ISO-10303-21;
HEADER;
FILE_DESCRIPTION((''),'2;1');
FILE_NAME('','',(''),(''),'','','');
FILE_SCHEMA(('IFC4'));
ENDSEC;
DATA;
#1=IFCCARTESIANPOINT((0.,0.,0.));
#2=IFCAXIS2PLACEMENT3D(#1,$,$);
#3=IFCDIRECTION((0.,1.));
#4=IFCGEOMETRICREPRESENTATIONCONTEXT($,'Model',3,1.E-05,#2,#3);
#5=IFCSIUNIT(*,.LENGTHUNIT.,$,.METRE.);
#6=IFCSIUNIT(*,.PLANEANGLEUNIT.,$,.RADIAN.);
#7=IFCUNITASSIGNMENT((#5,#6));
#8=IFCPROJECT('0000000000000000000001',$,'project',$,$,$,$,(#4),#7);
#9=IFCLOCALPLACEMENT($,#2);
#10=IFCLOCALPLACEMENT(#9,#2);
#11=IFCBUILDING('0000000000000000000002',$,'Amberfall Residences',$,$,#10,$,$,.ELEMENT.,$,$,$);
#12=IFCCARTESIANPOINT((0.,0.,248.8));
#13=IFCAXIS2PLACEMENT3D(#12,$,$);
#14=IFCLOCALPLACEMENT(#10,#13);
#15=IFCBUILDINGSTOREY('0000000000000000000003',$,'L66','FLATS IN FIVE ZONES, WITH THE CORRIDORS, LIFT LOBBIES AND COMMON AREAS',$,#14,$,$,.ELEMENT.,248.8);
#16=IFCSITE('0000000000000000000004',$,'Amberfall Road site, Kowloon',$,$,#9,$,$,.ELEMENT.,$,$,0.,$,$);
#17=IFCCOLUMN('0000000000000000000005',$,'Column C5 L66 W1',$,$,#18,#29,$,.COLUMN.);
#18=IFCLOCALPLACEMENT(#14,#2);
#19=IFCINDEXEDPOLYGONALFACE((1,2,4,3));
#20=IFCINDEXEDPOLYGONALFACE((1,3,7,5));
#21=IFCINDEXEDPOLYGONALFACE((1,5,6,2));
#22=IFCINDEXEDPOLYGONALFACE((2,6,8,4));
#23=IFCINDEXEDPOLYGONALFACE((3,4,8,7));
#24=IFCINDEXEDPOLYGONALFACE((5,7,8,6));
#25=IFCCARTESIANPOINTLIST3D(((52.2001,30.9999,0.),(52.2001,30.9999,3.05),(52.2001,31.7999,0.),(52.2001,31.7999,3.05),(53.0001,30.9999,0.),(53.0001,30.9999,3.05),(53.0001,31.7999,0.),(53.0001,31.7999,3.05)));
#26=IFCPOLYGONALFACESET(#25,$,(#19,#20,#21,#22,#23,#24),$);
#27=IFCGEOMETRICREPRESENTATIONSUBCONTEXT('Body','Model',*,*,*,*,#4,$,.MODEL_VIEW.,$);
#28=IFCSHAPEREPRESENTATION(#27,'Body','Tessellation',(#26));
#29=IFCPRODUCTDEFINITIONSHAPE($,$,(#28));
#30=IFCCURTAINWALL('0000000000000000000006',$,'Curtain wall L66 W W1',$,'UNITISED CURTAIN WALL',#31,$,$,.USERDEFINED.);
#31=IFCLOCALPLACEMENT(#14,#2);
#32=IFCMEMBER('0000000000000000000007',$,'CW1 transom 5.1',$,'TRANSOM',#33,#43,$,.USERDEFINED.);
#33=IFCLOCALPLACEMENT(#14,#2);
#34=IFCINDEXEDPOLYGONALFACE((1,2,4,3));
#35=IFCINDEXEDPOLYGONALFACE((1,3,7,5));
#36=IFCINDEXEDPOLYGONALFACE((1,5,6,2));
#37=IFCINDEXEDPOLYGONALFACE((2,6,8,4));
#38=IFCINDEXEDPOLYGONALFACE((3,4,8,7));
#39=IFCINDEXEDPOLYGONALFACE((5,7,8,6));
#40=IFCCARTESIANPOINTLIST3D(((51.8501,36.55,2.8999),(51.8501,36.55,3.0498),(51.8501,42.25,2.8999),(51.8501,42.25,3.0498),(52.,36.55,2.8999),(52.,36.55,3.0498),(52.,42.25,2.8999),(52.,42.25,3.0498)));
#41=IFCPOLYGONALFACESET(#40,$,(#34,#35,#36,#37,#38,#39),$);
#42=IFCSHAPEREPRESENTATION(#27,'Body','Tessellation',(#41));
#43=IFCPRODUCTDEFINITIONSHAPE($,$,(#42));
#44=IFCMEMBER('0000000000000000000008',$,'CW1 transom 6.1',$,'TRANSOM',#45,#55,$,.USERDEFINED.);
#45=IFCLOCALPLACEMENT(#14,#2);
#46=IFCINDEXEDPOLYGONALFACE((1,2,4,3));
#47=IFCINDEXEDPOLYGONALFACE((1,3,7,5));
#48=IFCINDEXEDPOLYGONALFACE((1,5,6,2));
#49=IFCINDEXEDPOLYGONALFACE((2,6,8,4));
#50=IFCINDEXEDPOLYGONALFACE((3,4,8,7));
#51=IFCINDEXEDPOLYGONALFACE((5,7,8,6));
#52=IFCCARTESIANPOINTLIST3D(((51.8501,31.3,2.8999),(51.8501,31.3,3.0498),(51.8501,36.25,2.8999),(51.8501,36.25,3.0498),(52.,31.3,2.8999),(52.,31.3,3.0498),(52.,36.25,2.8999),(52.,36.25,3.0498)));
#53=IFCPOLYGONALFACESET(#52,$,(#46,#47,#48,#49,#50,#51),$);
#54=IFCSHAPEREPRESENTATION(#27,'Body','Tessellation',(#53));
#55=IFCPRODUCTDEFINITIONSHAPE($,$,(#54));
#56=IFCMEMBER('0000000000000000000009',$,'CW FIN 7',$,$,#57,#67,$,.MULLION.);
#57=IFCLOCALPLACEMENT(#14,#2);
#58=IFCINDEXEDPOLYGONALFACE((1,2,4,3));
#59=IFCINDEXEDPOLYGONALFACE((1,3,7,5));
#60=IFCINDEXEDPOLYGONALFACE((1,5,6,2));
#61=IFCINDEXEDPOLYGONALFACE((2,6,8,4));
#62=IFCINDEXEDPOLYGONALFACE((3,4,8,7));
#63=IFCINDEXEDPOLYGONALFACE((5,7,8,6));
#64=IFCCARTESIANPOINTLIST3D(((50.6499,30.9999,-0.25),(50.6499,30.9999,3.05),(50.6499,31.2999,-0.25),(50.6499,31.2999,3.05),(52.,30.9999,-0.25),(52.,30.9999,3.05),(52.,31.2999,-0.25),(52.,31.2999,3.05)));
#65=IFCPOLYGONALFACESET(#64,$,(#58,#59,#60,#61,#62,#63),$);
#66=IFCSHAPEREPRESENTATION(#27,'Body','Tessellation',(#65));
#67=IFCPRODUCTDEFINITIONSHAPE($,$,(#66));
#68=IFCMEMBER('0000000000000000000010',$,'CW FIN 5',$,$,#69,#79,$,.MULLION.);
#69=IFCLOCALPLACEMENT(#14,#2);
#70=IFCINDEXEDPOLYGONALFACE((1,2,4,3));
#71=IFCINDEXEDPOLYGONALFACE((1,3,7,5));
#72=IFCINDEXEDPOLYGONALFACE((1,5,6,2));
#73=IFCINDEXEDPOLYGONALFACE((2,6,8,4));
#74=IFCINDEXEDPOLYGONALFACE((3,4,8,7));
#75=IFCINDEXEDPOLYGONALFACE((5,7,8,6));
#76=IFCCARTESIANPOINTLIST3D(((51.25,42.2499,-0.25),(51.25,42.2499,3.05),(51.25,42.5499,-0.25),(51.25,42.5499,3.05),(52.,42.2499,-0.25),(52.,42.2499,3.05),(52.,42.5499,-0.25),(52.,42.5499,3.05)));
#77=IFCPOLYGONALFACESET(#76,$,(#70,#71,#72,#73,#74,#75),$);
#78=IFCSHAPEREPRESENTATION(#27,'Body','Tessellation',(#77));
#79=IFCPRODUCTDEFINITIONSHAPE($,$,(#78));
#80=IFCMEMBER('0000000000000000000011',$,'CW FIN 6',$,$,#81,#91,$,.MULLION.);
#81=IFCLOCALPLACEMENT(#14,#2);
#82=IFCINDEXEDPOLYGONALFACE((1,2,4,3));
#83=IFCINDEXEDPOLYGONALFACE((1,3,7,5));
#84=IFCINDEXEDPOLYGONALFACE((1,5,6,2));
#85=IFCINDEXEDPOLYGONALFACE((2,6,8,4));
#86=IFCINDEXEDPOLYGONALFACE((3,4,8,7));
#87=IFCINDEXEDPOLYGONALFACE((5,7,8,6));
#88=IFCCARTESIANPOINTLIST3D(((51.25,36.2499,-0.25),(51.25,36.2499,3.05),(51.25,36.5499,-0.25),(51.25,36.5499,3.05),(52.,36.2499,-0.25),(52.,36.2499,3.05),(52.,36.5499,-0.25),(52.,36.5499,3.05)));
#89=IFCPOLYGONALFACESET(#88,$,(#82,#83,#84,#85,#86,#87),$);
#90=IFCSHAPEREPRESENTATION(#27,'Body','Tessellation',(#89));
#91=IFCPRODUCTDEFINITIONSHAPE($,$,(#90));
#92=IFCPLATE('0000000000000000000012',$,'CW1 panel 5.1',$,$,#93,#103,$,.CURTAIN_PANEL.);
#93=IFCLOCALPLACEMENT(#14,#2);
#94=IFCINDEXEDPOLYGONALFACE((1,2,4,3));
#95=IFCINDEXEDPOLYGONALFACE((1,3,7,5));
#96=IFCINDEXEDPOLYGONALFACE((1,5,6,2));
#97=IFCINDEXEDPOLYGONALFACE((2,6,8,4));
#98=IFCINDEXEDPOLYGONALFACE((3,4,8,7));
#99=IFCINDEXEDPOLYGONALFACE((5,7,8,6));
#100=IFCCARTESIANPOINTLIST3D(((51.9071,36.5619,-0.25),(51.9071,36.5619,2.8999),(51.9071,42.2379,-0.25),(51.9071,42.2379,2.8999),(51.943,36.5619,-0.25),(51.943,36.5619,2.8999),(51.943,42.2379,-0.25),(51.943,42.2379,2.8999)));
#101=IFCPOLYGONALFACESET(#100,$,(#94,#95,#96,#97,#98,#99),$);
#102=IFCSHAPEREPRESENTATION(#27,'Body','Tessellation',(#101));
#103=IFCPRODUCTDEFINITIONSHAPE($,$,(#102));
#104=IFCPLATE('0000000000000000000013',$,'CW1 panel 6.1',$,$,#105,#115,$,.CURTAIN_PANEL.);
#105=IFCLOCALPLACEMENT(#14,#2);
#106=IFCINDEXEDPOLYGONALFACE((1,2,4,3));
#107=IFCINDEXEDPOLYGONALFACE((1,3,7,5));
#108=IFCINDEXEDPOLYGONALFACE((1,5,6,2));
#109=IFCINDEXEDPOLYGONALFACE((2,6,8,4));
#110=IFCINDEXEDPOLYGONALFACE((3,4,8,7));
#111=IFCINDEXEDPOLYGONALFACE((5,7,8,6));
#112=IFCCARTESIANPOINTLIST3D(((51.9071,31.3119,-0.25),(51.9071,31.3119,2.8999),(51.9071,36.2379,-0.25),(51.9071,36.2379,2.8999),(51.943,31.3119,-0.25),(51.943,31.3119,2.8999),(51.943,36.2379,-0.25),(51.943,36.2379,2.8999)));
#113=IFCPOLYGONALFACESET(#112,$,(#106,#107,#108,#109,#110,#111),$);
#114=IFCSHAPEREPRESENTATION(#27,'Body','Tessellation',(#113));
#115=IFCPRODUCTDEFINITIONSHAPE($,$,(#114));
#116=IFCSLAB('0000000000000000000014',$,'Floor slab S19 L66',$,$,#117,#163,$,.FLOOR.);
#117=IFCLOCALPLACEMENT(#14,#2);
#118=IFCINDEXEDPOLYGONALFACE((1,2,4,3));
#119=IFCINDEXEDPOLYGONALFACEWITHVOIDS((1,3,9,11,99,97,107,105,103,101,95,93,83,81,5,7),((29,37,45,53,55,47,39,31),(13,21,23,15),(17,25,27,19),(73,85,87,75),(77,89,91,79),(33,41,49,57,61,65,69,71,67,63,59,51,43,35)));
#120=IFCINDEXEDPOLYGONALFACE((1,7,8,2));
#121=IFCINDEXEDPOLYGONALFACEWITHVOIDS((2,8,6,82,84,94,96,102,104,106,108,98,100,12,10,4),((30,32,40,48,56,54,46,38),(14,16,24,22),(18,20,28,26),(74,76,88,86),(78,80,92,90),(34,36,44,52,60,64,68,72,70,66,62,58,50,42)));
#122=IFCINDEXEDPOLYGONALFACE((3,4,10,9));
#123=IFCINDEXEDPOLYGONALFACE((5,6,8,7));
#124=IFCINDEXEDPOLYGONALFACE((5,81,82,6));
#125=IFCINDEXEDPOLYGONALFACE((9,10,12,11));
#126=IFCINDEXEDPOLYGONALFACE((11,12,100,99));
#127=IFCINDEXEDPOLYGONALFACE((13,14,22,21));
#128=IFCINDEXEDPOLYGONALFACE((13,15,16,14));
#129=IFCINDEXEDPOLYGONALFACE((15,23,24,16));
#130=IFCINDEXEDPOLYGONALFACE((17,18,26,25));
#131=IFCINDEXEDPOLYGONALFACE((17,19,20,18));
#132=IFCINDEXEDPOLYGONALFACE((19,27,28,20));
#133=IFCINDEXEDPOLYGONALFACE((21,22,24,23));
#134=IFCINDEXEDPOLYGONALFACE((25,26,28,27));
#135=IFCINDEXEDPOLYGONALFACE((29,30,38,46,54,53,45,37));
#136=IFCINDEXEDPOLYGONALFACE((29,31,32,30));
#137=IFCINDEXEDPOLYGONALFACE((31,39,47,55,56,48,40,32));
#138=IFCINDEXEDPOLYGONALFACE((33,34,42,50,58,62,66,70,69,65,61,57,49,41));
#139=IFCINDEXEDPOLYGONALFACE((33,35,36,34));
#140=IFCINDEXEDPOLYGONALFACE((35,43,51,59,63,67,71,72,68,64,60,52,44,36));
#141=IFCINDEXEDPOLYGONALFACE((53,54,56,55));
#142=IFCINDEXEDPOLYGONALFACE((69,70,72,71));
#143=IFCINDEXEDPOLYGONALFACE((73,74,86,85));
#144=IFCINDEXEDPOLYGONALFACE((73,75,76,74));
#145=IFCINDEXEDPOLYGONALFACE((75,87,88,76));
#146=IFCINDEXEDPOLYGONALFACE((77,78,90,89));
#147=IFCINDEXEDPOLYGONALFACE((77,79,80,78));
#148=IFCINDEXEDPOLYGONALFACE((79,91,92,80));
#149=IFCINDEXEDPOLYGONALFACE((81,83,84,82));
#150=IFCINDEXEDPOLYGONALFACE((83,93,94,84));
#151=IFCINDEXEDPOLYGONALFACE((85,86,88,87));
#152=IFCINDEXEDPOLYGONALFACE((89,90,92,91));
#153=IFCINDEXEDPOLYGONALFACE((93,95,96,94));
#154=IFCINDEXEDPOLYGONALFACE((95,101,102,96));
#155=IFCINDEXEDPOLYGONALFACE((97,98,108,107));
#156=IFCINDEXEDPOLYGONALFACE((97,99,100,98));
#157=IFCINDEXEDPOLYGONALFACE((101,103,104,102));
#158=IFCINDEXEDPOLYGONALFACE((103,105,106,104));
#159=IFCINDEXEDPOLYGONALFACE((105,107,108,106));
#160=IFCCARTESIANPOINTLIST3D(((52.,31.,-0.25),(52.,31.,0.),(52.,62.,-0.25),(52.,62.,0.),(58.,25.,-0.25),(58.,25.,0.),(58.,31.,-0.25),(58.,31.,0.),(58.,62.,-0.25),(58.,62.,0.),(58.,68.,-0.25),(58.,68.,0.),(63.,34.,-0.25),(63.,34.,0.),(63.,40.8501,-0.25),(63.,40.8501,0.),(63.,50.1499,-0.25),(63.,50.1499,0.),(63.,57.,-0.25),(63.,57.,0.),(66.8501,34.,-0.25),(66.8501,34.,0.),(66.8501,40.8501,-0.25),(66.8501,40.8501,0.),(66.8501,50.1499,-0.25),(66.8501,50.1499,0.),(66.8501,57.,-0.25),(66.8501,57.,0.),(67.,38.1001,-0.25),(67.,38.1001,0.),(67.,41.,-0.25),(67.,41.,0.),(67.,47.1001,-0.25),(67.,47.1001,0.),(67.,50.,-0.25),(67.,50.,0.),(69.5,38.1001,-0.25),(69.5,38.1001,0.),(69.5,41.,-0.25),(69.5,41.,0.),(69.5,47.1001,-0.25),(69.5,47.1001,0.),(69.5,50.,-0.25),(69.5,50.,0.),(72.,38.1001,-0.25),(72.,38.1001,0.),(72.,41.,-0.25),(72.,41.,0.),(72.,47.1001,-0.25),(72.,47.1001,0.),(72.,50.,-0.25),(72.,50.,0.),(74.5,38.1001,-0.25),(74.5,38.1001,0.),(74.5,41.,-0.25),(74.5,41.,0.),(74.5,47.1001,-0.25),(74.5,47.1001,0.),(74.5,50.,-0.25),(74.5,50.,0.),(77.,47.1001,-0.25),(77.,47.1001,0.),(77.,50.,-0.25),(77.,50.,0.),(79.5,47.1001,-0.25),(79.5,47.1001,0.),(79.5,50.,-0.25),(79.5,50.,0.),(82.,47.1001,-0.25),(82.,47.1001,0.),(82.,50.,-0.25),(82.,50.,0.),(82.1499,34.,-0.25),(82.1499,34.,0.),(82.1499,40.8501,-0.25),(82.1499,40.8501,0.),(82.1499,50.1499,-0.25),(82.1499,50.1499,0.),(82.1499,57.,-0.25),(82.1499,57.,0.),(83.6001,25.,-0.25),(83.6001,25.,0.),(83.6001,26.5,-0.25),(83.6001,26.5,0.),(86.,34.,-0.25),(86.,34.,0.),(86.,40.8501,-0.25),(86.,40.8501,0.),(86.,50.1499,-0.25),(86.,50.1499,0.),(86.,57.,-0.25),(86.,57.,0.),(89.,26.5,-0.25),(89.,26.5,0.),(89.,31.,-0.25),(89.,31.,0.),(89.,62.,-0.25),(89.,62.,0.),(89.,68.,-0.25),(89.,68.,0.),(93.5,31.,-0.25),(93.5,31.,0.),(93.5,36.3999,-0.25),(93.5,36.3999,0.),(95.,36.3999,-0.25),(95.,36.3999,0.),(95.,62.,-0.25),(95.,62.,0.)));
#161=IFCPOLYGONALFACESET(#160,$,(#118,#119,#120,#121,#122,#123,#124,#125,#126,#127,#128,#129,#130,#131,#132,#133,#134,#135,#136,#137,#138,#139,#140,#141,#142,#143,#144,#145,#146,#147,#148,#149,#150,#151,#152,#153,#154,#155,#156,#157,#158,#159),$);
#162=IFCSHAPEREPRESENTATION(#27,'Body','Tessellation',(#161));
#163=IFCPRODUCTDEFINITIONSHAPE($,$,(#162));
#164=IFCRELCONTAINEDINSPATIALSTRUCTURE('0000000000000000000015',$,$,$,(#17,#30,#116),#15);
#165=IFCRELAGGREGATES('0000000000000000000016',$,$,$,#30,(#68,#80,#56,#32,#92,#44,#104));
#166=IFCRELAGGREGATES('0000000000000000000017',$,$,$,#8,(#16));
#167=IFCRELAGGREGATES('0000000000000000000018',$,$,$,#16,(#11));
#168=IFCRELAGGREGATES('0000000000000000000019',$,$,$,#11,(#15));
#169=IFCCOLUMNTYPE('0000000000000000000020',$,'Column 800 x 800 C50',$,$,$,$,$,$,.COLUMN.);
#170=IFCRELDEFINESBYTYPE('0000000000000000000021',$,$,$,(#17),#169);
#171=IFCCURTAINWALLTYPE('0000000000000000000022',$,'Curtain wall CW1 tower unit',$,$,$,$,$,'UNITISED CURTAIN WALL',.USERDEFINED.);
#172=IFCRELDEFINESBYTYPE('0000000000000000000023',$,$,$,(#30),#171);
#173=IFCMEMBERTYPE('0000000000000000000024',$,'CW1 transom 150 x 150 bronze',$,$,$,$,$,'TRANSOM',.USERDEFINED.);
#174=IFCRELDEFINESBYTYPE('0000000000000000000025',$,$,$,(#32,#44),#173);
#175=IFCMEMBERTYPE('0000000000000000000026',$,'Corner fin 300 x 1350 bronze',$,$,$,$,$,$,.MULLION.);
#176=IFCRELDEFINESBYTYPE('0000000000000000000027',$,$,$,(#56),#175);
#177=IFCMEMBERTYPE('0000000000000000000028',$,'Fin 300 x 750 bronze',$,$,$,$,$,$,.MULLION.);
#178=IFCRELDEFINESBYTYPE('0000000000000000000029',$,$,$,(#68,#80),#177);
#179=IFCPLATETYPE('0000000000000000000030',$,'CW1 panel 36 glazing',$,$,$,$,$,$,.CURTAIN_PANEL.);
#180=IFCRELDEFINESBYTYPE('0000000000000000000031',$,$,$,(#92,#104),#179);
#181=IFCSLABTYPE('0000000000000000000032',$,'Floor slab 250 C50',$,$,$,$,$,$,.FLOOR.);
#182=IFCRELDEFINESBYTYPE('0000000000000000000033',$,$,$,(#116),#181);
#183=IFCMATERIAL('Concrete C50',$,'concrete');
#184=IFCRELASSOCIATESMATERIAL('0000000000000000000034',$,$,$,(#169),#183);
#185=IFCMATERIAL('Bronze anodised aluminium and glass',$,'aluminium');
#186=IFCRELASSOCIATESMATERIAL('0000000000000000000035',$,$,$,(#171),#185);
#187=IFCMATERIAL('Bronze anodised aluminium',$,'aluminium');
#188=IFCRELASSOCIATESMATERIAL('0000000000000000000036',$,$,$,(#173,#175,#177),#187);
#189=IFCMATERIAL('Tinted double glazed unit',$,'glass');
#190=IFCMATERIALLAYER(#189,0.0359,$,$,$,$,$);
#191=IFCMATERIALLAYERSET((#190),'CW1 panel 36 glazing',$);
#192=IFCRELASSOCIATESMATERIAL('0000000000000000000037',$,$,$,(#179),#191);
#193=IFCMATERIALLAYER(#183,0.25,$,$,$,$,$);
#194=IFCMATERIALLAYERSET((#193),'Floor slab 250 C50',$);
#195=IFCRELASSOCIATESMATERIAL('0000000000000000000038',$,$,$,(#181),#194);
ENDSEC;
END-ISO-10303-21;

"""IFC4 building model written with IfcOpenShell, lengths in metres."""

from ifc_helpers import new_model, si_unit, direction, frame, origin, origin_2d, place, context, subcontext, project, spatial, polyline, rectangle, outline, extrude, material, layer, layer_set, material_profile, profile_set, type_object, element, aggregate, save


model = new_model("IFC4")

# Units and contexts
model_context = context("Model", 3, precision=1e-05, world=origin(), true_north=direction((0.0, 1.0)))
body_context = subcontext(model_context, "Body", "Model", "MODEL_VIEW")
ifc_project = project(units=[si_unit("LENGTHUNIT", "METRE"), si_unit("PLANEANGLEUNIT", "RADIAN")], contexts=[model_context])

# Site, building, storey
site_placement = place(None, origin())
site = spatial("IfcSite", under=ifc_project, at=site_placement, Name="Amberfall Road site, Kowloon", CompositionType="ELEMENT", RefElevation=0.0)
building_placement = place(site_placement, origin())
building = spatial("IfcBuilding", under=site, at=building_placement, Name="Amberfall Residences", CompositionType="ELEMENT")
storey_placement = place(building_placement, frame((0.0, 0.0, 248.8)))
storey = spatial("IfcBuildingStorey", under=building, at=storey_placement, Name="L66", Description="FLATS IN FIVE ZONES, WITH THE CORRIDORS, LIFT LOBBIES AND COMMON AREAS", CompositionType="ELEMENT", Elevation=248.8)

# Column
ifc_material_1 = material(Name="Concrete C50", Category="concrete")
ifc_material_profile_1 = material_profile(ifc_material_1, rectangle(XDim=0.8, YDim=0.8, at=origin_2d()), Name="Column 800 x 800 C50")
ifc_profile_set_1 = profile_set([ifc_material_profile_1], Name="Concrete C50")
column_type = type_object("IfcColumnType", Name="Column 800 x 800 C50", PredefinedType="COLUMN", material=ifc_profile_set_1)
column_placement = place(storey_placement, frame((52.6001, 31.3999, 0.0), z_axis=(0.0, 0.0, 1.0), x_axis=(1.0, 0.0, 0.0)))
element("IfcColumn", 1, at=column_placement, inside=storey, type_object=column_type, Name="Column C5 L66 W1", PredefinedType="COLUMN", context=body_context, shape_type="SweptSolid", body=[
    extrude(rectangle(XDim=0.8, YDim=0.8, at=origin_2d()), origin(), (0.0, 0.0, 1.0), 3.05),
])

# Curtain wall, members, plates
ifc_material_2 = material(Name="Bronze anodised aluminium and glass", Category="aluminium")
curtain_wall_type = type_object("IfcCurtainWallType", Name="Curtain wall CW1 tower unit", ElementType="UNITISED CURTAIN WALL", PredefinedType="USERDEFINED", material=ifc_material_2)
curtain_wall_placement = place(storey_placement, origin())
curtain_wall = element("IfcCurtainWall", 2, at=curtain_wall_placement, inside=storey, type_object=curtain_wall_type, Name="Curtain wall L66 W W1", ObjectType="UNITISED CURTAIN WALL", PredefinedType="USERDEFINED")
ifc_material_3 = material(Name="Bronze anodised aluminium", Category="aluminium")
ifc_material_profile_2 = material_profile(ifc_material_3, rectangle(XDim=0.1499, YDim=0.1499, at=origin_2d()), Name="CW1 transom 150 x 150 bronze")
ifc_profile_set_2 = profile_set([ifc_material_profile_2], Name="Bronze anodised aluminium")
member_type_1 = type_object("IfcMemberType", Name="CW1 transom 150 x 150 bronze", ElementType="TRANSOM", PredefinedType="USERDEFINED", material=ifc_profile_set_2)
member_1_placement = place(storey_placement, frame((51.925, 42.25, 2.9749), z_axis=(0.0, -1.0, 0.0), x_axis=(1.0, 0.0, 0.0)))
member_1 = element("IfcMember", 3, at=member_1_placement, type_object=member_type_1, Name="CW1 transom 5.1", ObjectType="TRANSOM", PredefinedType="USERDEFINED", context=body_context, shape_type="SweptSolid", body=[
    extrude(rectangle(XDim=0.1499, YDim=0.1499, at=origin_2d()), origin(), (0.0, 0.0, 1.0), 5.7),
])
member_2_placement = place(storey_placement, frame((51.925, 36.25, 2.9749), z_axis=(0.0, -1.0, 0.0), x_axis=(1.0, 0.0, 0.0)))
member_2 = element("IfcMember", 4, at=member_2_placement, type_object=member_type_1, Name="CW1 transom 6.1", ObjectType="TRANSOM", PredefinedType="USERDEFINED", context=body_context, shape_type="SweptSolid", body=[
    extrude(rectangle(XDim=0.1499, YDim=0.1499, at=origin_2d()), origin(), (0.0, 0.0, 1.0), 4.95),
])
ifc_material_profile_3 = material_profile(ifc_material_3, rectangle(XDim=1.3501, YDim=0.3, at=origin_2d()), Name="Corner fin 300 x 1350 bronze")
ifc_profile_set_3 = profile_set([ifc_material_profile_3], Name="Bronze anodised aluminium")
member_type_2 = type_object("IfcMemberType", Name="Corner fin 300 x 1350 bronze", PredefinedType="MULLION", material=ifc_profile_set_3)
member_3_placement = place(storey_placement, frame((51.325, 31.1499, -0.25), z_axis=(0.0, 0.0, 1.0), x_axis=(1.0, 0.0, 0.0)))
member_3 = element("IfcMember", 5, at=member_3_placement, type_object=member_type_2, Name="CW FIN 7", PredefinedType="MULLION", context=body_context, shape_type="SweptSolid", body=[
    extrude(rectangle(XDim=1.3501, YDim=0.3, at=origin_2d()), origin(), (0.0, 0.0, 1.0), 3.3),
])
ifc_material_profile_4 = material_profile(ifc_material_3, rectangle(XDim=0.75, YDim=0.3, at=origin_2d()), Name="Fin 300 x 750 bronze")
ifc_profile_set_4 = profile_set([ifc_material_profile_4], Name="Bronze anodised aluminium")
member_type_3 = type_object("IfcMemberType", Name="Fin 300 x 750 bronze", PredefinedType="MULLION", material=ifc_profile_set_4)
member_4_placement = place(storey_placement, frame((51.625, 42.3999, -0.25), z_axis=(0.0, 0.0, 1.0), x_axis=(1.0, 0.0, 0.0)))
member_4 = element("IfcMember", 6, at=member_4_placement, type_object=member_type_3, Name="CW FIN 5", PredefinedType="MULLION", context=body_context, shape_type="SweptSolid", body=[
    extrude(rectangle(XDim=0.75, YDim=0.3, at=origin_2d()), origin(), (0.0, 0.0, 1.0), 3.3),
])
member_5_placement = place(storey_placement, frame((51.625, 36.3999, -0.25), z_axis=(0.0, 0.0, 1.0), x_axis=(1.0, 0.0, 0.0)))
member_5 = element("IfcMember", 7, at=member_5_placement, type_object=member_type_3, Name="CW FIN 6", PredefinedType="MULLION", context=body_context, shape_type="SweptSolid", body=[
    extrude(rectangle(XDim=0.75, YDim=0.3, at=origin_2d()), origin(), (0.0, 0.0, 1.0), 3.3),
])
ifc_material_4 = material(Name="Tinted double glazed unit", Category="glass")
ifc_layer_1 = layer(ifc_material_4, 0.0359)
ifc_layer_set_1 = layer_set([ifc_layer_1], Name="CW1 panel 36 glazing")
plate_type = type_object("IfcPlateType", Name="CW1 panel 36 glazing", PredefinedType="CURTAIN_PANEL", material=ifc_layer_set_1)
plate_1_placement = place(storey_placement, frame((51.925, 39.3999, -0.25), z_axis=(0.0, 0.0, 1.0), x_axis=(0.0, -1.0, 0.0)))
plate_1 = element("IfcPlate", 8, at=plate_1_placement, type_object=plate_type, Name="CW1 panel 5.1", PredefinedType="CURTAIN_PANEL", context=body_context, shape_type="SweptSolid", body=[
    extrude(rectangle(XDim=5.676, YDim=0.0359, at=origin_2d()), origin(), (0.0, 0.0, 1.0), 3.1499),
])
plate_2_placement = place(storey_placement, frame((51.925, 33.7749, -0.25), z_axis=(0.0, 0.0, 1.0), x_axis=(0.0, -1.0, 0.0)))
plate_2 = element("IfcPlate", 9, at=plate_2_placement, type_object=plate_type, Name="CW1 panel 6.1", PredefinedType="CURTAIN_PANEL", context=body_context, shape_type="SweptSolid", body=[
    extrude(rectangle(XDim=4.926, YDim=0.0359, at=origin_2d()), origin(), (0.0, 0.0, 1.0), 3.1499),
])
aggregate(curtain_wall, [member_4, member_5, member_3, member_1, plate_1, member_2, plate_2])

# Slab
ifc_layer_2 = layer(ifc_material_1, 0.25)
ifc_layer_set_2 = layer_set([ifc_layer_2], Name="Floor slab 250 C50")
slab_type_1 = type_object("IfcSlabType", Name="Floor slab 250 C50", PredefinedType="FLOOR", material=ifc_layer_set_2)
slab_1_placement = place(storey_placement, frame((0.0, 0.0, -0.25)))
element("IfcSlab", 10, at=slab_1_placement, inside=storey, type_object=slab_type_1, Name="Floor slab S19 L66", PredefinedType="FLOOR", context=body_context, shape_type="SweptSolid", body=[
    extrude(outline(polyline([(83.6001, 26.5), (83.6001, 25.0), (58.0, 25.0), (58.0, 31.0), (52.0, 31.0), (52.0, 62.0), (58.0, 62.0), (58.0, 68.0), (89.0, 68.0), (89.0, 62.0), (95.0, 62.0), (95.0, 36.3999), (93.5, 36.3999), (93.5, 31.0), (89.0, 31.0), (89.0, 26.5), (83.6001, 26.5)]), holes=[polyline([(86.0, 34.0), (86.0, 40.8501), (82.1499, 40.8501), (82.1499, 34.0), (86.0, 34.0)]), polyline([(86.0, 50.1499), (86.0, 57.0), (82.1499, 57.0), (82.1499, 50.1499), (86.0, 50.1499)]), polyline([(67.0, 50.0), (67.0, 47.1001), (69.5, 47.1001), (72.0, 47.1001), (74.5, 47.1001), (77.0, 47.1001), (79.5, 47.1001), (82.0, 47.1001), (82.0, 50.0), (79.5, 50.0), (77.0, 50.0), (74.5, 50.0), (72.0, 50.0), (69.5, 50.0), (67.0, 50.0)]), polyline([(69.5, 41.0), (67.0, 41.0), (67.0, 38.1001), (69.5, 38.1001), (72.0, 38.1001), (74.5, 38.1001), (74.5, 41.0), (72.0, 41.0), (69.5, 41.0)]), polyline([(66.8501, 40.8501), (63.0, 40.8501), (63.0, 34.0), (66.8501, 34.0), (66.8501, 40.8501)]), polyline([(66.8501, 57.0), (63.0, 57.0), (63.0, 50.1499), (66.8501, 50.1499), (66.8501, 57.0)])]), origin(), (0.0, 0.0, 1.0), 0.25),
])

save(model, "model.ifc")
